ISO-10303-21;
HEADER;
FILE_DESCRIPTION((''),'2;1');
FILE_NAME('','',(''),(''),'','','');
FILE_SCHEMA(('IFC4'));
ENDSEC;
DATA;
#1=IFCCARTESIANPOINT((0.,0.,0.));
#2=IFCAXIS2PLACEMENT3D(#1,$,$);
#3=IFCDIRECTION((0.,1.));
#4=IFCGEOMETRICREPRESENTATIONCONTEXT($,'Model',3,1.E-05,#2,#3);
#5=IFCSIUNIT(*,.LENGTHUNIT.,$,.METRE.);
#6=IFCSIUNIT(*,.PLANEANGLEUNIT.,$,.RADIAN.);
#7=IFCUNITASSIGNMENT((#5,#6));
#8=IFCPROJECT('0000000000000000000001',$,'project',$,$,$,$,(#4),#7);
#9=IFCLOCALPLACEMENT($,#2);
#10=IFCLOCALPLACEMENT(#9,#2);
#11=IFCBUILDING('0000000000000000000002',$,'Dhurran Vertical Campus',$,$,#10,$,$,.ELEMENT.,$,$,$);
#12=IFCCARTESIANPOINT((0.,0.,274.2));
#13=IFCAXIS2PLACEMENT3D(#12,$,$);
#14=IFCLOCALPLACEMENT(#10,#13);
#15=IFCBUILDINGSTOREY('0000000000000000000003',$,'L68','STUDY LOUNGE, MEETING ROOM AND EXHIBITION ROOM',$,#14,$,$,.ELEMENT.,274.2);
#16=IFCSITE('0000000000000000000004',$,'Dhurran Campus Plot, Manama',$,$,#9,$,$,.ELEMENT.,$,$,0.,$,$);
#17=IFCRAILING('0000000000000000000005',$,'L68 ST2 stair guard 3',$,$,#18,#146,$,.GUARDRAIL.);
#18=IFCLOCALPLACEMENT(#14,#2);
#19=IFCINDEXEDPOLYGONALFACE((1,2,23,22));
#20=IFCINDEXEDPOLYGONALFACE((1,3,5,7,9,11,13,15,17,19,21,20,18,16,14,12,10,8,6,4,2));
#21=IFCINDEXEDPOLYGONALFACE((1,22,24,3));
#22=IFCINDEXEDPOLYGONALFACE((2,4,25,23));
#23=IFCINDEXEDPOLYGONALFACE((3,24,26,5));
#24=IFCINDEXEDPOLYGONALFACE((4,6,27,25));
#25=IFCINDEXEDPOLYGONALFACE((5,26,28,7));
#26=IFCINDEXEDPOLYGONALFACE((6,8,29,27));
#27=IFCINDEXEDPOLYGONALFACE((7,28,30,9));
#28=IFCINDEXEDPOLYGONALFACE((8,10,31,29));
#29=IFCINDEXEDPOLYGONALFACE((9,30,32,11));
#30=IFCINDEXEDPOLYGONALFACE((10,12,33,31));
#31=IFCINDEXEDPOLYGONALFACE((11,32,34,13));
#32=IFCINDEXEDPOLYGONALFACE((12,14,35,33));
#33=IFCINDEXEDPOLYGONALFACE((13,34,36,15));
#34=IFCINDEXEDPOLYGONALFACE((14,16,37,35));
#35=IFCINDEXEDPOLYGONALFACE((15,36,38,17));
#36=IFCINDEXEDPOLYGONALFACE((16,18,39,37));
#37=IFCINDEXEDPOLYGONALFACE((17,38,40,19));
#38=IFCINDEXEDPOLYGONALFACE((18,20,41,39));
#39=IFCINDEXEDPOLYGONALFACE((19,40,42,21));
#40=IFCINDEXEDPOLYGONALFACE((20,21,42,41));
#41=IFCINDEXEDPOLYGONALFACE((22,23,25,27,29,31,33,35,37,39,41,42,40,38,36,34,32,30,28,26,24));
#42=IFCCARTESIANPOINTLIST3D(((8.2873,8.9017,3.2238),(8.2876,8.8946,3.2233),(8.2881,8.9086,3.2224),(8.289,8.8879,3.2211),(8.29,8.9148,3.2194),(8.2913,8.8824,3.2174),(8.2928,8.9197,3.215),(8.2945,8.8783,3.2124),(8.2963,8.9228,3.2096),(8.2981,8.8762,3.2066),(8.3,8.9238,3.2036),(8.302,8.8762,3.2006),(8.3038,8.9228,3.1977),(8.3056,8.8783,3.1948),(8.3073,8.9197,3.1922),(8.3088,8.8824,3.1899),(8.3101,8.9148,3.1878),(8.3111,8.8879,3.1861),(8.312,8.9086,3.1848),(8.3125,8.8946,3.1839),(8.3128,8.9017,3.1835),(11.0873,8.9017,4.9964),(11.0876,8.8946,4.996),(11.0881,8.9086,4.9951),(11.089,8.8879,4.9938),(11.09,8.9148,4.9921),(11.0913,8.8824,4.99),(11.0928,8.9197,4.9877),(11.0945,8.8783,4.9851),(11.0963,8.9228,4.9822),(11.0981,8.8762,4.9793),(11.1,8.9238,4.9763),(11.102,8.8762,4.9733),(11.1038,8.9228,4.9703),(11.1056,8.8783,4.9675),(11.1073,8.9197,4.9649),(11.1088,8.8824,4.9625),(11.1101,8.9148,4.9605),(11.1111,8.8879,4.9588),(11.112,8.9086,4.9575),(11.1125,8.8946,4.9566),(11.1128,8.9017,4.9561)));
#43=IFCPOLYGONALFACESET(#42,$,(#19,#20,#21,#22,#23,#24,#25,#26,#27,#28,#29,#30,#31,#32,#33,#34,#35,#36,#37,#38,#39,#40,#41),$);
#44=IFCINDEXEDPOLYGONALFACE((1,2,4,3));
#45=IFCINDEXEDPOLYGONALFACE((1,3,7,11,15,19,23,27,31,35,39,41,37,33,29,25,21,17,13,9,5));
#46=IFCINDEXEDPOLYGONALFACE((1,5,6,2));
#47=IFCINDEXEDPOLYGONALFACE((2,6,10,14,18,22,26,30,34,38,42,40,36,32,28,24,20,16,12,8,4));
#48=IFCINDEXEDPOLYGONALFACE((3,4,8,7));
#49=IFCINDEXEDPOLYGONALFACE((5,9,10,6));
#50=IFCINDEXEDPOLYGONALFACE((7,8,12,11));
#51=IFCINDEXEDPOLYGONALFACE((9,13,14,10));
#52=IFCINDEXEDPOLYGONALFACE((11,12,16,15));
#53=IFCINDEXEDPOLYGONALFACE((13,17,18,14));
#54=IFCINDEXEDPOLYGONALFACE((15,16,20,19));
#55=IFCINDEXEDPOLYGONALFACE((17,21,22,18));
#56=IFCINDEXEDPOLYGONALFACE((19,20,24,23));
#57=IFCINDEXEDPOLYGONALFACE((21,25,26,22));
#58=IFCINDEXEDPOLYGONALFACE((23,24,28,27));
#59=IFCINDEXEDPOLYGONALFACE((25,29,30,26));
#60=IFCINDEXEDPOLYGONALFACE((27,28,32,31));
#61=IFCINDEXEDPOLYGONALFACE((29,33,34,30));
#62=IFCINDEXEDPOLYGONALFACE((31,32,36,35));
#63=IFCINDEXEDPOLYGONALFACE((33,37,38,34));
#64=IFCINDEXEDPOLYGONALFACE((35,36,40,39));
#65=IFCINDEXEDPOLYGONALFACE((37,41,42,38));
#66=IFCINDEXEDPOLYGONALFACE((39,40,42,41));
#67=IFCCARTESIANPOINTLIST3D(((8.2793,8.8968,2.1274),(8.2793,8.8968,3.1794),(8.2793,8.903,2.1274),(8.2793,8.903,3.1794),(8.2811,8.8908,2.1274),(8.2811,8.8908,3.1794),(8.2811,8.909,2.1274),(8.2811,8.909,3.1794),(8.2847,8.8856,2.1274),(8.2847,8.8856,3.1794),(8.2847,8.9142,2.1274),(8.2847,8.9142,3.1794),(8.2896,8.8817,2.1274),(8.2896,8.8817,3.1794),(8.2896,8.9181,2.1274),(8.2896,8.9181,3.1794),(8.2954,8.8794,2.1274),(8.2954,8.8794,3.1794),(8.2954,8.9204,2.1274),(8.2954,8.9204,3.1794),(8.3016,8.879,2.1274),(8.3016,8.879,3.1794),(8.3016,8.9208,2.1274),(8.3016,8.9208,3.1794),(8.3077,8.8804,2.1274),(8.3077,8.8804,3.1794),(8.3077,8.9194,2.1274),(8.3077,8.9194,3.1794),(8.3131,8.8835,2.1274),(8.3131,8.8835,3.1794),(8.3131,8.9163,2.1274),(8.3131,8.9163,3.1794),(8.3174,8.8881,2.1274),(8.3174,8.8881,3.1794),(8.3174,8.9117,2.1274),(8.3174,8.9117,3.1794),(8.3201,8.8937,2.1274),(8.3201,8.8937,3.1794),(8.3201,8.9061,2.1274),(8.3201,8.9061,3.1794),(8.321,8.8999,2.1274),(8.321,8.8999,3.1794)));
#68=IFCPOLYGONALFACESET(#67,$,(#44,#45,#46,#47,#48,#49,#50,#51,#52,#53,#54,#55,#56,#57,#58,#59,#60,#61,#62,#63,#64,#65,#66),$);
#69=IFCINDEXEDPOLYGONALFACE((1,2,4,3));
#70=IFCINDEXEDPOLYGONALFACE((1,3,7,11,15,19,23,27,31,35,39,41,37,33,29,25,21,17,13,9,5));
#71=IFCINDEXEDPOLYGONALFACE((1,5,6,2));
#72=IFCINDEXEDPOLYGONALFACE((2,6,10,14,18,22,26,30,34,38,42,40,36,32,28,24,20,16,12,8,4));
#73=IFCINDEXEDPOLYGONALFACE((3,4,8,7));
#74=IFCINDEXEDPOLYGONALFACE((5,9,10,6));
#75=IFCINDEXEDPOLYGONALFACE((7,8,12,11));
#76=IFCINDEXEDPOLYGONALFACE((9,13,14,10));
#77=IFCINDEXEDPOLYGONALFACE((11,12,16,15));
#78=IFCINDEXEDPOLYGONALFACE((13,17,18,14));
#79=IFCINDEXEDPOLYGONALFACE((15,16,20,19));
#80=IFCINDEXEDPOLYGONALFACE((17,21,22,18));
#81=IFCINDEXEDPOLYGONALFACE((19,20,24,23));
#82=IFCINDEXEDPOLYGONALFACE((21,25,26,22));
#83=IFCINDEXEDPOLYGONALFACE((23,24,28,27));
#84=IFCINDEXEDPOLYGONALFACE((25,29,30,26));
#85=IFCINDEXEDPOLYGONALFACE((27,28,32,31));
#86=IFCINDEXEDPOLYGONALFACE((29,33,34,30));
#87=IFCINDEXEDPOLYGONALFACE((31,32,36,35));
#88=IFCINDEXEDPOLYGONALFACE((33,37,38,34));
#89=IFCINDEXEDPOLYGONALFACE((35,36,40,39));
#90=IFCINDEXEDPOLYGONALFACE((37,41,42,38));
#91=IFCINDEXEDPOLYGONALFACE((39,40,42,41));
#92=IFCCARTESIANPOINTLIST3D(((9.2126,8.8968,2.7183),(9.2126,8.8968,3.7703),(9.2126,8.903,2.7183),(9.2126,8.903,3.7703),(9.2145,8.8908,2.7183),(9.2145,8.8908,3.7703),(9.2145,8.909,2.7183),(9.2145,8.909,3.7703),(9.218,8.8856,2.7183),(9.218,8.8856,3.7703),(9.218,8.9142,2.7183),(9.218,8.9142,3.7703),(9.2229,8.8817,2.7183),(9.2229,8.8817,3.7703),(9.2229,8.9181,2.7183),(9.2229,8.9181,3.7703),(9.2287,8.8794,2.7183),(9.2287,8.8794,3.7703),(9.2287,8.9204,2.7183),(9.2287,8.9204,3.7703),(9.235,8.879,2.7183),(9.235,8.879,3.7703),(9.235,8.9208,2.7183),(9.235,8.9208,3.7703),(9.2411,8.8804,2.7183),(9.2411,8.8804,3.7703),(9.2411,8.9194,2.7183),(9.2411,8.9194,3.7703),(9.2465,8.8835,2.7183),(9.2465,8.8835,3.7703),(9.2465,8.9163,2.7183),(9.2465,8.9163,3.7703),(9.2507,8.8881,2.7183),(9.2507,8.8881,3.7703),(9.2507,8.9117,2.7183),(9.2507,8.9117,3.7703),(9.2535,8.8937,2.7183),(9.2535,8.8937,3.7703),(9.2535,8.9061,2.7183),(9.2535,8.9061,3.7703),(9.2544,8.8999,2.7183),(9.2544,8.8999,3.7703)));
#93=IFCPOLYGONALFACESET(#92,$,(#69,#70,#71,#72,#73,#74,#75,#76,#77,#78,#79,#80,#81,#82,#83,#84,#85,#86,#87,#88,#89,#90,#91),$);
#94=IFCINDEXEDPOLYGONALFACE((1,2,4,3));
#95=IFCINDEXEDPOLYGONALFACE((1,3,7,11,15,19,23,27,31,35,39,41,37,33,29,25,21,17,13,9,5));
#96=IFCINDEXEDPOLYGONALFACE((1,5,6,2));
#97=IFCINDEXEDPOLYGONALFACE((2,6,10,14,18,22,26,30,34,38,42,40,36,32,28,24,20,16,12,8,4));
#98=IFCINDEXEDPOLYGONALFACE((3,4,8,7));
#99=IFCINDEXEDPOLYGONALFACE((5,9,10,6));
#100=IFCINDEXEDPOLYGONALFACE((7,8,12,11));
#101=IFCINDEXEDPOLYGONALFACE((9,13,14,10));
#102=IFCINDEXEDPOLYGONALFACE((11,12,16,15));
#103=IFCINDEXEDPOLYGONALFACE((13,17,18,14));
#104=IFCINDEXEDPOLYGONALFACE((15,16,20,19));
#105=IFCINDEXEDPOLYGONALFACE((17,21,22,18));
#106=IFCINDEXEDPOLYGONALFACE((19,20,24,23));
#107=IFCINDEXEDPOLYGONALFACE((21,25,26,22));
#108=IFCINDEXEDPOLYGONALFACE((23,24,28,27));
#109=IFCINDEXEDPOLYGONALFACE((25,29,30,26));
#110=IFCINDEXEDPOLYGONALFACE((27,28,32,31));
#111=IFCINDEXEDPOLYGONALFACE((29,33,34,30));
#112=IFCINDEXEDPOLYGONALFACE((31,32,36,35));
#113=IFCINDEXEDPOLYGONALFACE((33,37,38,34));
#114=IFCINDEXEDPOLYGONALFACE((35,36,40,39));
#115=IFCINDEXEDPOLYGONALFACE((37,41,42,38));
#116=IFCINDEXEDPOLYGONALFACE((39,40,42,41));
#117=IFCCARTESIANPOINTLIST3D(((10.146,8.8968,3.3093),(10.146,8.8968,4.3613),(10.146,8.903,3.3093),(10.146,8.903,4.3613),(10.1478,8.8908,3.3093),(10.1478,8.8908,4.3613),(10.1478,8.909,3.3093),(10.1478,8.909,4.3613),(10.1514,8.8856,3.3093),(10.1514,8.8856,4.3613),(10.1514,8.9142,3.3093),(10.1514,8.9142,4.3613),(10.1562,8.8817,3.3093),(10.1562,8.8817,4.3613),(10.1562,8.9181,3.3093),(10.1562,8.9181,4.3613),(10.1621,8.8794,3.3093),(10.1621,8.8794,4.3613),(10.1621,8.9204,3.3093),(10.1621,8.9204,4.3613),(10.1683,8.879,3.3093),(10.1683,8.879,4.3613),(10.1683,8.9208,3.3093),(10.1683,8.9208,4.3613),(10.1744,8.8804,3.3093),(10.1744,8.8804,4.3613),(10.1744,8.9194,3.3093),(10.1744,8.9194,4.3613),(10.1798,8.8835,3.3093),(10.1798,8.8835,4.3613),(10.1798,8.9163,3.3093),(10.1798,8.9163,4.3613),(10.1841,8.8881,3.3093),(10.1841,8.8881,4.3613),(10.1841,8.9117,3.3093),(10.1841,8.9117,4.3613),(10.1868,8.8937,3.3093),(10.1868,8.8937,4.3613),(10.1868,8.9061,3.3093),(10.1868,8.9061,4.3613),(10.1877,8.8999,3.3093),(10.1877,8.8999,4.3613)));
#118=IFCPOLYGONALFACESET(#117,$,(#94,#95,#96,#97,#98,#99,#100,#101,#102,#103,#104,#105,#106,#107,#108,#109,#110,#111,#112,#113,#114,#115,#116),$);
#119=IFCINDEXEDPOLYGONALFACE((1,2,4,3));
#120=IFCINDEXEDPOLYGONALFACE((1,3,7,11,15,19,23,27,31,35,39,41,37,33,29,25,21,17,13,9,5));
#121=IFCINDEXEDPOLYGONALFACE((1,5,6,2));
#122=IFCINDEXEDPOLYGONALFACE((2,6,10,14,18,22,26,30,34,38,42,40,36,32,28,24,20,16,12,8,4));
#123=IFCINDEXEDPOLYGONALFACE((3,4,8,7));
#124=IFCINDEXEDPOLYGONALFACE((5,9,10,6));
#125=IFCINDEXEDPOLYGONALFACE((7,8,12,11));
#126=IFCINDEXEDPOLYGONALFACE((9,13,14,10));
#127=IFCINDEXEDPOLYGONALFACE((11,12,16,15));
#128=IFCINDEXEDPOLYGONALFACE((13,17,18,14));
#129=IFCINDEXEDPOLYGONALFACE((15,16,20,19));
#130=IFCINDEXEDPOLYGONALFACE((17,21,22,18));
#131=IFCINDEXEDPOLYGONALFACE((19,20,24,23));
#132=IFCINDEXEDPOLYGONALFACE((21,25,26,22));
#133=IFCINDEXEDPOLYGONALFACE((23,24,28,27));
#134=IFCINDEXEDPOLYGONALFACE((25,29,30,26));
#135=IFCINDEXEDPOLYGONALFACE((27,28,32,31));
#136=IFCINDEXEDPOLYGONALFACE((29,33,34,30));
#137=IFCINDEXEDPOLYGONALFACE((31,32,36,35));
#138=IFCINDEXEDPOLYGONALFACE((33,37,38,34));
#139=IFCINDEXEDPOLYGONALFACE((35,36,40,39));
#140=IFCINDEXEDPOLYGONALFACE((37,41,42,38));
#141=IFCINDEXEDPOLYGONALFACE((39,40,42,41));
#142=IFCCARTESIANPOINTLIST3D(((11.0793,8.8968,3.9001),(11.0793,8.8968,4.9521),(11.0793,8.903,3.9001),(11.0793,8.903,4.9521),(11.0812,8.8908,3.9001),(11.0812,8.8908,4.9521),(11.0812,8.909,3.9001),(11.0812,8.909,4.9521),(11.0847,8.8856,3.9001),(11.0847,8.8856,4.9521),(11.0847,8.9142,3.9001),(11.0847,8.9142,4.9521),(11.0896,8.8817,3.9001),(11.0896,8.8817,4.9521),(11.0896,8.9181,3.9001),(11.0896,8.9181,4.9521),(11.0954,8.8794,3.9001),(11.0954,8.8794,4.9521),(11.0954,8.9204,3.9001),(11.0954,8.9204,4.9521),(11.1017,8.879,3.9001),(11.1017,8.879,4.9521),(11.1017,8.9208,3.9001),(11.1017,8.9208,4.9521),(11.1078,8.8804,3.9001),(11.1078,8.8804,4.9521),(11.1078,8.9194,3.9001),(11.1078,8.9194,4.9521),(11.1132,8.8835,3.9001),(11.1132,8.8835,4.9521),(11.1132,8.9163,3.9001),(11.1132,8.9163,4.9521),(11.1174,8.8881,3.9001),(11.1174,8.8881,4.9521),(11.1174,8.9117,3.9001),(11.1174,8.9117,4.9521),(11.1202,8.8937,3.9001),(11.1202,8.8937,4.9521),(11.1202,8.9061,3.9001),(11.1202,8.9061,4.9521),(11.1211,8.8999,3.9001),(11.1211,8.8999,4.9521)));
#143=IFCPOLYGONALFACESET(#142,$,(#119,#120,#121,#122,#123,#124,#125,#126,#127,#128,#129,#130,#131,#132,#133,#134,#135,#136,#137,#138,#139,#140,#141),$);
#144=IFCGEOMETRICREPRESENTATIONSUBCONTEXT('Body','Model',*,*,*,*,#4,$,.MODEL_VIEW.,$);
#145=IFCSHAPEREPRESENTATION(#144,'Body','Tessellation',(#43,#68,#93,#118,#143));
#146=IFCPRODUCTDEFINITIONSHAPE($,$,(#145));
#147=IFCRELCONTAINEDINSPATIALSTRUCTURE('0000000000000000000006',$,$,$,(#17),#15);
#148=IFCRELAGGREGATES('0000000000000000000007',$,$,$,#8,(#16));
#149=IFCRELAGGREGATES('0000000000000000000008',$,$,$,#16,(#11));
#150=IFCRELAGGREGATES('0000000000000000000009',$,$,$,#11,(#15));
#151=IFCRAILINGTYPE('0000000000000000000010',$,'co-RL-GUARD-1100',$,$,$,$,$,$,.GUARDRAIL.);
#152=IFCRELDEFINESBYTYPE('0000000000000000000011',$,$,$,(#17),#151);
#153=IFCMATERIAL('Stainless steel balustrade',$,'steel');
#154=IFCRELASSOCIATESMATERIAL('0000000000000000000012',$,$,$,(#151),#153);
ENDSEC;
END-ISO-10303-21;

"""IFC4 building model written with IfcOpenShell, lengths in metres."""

from ifc_helpers import new_model, si_unit, direction, frame, origin, origin_2d, place, context, subcontext, project, spatial, circle, extrude, material, type_object, element, save


model = new_model("IFC4")

# Units and contexts
model_context = context("Model", 3, precision=1e-05, world=origin(), true_north=direction((0.0, 1.0)))
body_context = subcontext(model_context, "Body", "Model", "MODEL_VIEW")
ifc_project = project(units=[si_unit("LENGTHUNIT", "METRE"), si_unit("PLANEANGLEUNIT", "RADIAN")], contexts=[model_context])

# Site, building, storey
site_placement = place(None, origin())
site = spatial("IfcSite", under=ifc_project, at=site_placement, Name="Dhurran Campus Plot, Manama", CompositionType="ELEMENT", RefElevation=0.0)
building_placement = place(site_placement, origin())
building = spatial("IfcBuilding", under=site, at=building_placement, Name="Dhurran Vertical Campus", CompositionType="ELEMENT")
storey_placement = place(building_placement, frame((0.0, 0.0, 274.2)))
storey = spatial("IfcBuildingStorey", under=building, at=storey_placement, Name="L68", Description="STUDY LOUNGE, MEETING ROOM AND EXHIBITION ROOM", CompositionType="ELEMENT", Elevation=274.2)

# Railing
ifc_material_1 = material(Name="Stainless steel balustrade", Category="steel")
railing_type_1 = type_object("IfcRailingType", Name="co-RL-GUARD-1100", PredefinedType="GUARDRAIL", material=ifc_material_1)
railing_1_placement = place(storey_placement, frame((8.3, 8.8999, 2.1274)))
element("IfcRailing", 1, at=railing_1_placement, inside=storey, type_object=railing_type_1, Name="L68 ST2 stair guard 3", PredefinedType="GUARDRAIL", context=body_context, shape_type="SweptSolid", body=[
    extrude(circle(Radius=0.0239, at=origin_2d()), frame((0.0, 0.0, 1.0762), z_axis=(0.844909, 0.0, 0.53491), x_axis=(0.0, 1.0, 0.0)), (0.0, 0.0, 1.0), 3.314),
    extrude(circle(Radius=0.021, at=origin_2d()), origin(), (0.0, 0.0, 1.0), 1.052),
    extrude(circle(Radius=0.021, at=origin_2d()), frame((0.9333, 0.0, 0.5908)), (0.0, 0.0, 1.0), 1.052),
    extrude(circle(Radius=0.021, at=origin_2d()), frame((1.8667, 0.0, 1.1819)), (0.0, 0.0, 1.0), 1.052),
    extrude(circle(Radius=0.021, at=origin_2d()), frame((2.8, 0.0, 1.7727)), (0.0, 0.0, 1.0), 1.052),
])

save(model, "model.ifc")
